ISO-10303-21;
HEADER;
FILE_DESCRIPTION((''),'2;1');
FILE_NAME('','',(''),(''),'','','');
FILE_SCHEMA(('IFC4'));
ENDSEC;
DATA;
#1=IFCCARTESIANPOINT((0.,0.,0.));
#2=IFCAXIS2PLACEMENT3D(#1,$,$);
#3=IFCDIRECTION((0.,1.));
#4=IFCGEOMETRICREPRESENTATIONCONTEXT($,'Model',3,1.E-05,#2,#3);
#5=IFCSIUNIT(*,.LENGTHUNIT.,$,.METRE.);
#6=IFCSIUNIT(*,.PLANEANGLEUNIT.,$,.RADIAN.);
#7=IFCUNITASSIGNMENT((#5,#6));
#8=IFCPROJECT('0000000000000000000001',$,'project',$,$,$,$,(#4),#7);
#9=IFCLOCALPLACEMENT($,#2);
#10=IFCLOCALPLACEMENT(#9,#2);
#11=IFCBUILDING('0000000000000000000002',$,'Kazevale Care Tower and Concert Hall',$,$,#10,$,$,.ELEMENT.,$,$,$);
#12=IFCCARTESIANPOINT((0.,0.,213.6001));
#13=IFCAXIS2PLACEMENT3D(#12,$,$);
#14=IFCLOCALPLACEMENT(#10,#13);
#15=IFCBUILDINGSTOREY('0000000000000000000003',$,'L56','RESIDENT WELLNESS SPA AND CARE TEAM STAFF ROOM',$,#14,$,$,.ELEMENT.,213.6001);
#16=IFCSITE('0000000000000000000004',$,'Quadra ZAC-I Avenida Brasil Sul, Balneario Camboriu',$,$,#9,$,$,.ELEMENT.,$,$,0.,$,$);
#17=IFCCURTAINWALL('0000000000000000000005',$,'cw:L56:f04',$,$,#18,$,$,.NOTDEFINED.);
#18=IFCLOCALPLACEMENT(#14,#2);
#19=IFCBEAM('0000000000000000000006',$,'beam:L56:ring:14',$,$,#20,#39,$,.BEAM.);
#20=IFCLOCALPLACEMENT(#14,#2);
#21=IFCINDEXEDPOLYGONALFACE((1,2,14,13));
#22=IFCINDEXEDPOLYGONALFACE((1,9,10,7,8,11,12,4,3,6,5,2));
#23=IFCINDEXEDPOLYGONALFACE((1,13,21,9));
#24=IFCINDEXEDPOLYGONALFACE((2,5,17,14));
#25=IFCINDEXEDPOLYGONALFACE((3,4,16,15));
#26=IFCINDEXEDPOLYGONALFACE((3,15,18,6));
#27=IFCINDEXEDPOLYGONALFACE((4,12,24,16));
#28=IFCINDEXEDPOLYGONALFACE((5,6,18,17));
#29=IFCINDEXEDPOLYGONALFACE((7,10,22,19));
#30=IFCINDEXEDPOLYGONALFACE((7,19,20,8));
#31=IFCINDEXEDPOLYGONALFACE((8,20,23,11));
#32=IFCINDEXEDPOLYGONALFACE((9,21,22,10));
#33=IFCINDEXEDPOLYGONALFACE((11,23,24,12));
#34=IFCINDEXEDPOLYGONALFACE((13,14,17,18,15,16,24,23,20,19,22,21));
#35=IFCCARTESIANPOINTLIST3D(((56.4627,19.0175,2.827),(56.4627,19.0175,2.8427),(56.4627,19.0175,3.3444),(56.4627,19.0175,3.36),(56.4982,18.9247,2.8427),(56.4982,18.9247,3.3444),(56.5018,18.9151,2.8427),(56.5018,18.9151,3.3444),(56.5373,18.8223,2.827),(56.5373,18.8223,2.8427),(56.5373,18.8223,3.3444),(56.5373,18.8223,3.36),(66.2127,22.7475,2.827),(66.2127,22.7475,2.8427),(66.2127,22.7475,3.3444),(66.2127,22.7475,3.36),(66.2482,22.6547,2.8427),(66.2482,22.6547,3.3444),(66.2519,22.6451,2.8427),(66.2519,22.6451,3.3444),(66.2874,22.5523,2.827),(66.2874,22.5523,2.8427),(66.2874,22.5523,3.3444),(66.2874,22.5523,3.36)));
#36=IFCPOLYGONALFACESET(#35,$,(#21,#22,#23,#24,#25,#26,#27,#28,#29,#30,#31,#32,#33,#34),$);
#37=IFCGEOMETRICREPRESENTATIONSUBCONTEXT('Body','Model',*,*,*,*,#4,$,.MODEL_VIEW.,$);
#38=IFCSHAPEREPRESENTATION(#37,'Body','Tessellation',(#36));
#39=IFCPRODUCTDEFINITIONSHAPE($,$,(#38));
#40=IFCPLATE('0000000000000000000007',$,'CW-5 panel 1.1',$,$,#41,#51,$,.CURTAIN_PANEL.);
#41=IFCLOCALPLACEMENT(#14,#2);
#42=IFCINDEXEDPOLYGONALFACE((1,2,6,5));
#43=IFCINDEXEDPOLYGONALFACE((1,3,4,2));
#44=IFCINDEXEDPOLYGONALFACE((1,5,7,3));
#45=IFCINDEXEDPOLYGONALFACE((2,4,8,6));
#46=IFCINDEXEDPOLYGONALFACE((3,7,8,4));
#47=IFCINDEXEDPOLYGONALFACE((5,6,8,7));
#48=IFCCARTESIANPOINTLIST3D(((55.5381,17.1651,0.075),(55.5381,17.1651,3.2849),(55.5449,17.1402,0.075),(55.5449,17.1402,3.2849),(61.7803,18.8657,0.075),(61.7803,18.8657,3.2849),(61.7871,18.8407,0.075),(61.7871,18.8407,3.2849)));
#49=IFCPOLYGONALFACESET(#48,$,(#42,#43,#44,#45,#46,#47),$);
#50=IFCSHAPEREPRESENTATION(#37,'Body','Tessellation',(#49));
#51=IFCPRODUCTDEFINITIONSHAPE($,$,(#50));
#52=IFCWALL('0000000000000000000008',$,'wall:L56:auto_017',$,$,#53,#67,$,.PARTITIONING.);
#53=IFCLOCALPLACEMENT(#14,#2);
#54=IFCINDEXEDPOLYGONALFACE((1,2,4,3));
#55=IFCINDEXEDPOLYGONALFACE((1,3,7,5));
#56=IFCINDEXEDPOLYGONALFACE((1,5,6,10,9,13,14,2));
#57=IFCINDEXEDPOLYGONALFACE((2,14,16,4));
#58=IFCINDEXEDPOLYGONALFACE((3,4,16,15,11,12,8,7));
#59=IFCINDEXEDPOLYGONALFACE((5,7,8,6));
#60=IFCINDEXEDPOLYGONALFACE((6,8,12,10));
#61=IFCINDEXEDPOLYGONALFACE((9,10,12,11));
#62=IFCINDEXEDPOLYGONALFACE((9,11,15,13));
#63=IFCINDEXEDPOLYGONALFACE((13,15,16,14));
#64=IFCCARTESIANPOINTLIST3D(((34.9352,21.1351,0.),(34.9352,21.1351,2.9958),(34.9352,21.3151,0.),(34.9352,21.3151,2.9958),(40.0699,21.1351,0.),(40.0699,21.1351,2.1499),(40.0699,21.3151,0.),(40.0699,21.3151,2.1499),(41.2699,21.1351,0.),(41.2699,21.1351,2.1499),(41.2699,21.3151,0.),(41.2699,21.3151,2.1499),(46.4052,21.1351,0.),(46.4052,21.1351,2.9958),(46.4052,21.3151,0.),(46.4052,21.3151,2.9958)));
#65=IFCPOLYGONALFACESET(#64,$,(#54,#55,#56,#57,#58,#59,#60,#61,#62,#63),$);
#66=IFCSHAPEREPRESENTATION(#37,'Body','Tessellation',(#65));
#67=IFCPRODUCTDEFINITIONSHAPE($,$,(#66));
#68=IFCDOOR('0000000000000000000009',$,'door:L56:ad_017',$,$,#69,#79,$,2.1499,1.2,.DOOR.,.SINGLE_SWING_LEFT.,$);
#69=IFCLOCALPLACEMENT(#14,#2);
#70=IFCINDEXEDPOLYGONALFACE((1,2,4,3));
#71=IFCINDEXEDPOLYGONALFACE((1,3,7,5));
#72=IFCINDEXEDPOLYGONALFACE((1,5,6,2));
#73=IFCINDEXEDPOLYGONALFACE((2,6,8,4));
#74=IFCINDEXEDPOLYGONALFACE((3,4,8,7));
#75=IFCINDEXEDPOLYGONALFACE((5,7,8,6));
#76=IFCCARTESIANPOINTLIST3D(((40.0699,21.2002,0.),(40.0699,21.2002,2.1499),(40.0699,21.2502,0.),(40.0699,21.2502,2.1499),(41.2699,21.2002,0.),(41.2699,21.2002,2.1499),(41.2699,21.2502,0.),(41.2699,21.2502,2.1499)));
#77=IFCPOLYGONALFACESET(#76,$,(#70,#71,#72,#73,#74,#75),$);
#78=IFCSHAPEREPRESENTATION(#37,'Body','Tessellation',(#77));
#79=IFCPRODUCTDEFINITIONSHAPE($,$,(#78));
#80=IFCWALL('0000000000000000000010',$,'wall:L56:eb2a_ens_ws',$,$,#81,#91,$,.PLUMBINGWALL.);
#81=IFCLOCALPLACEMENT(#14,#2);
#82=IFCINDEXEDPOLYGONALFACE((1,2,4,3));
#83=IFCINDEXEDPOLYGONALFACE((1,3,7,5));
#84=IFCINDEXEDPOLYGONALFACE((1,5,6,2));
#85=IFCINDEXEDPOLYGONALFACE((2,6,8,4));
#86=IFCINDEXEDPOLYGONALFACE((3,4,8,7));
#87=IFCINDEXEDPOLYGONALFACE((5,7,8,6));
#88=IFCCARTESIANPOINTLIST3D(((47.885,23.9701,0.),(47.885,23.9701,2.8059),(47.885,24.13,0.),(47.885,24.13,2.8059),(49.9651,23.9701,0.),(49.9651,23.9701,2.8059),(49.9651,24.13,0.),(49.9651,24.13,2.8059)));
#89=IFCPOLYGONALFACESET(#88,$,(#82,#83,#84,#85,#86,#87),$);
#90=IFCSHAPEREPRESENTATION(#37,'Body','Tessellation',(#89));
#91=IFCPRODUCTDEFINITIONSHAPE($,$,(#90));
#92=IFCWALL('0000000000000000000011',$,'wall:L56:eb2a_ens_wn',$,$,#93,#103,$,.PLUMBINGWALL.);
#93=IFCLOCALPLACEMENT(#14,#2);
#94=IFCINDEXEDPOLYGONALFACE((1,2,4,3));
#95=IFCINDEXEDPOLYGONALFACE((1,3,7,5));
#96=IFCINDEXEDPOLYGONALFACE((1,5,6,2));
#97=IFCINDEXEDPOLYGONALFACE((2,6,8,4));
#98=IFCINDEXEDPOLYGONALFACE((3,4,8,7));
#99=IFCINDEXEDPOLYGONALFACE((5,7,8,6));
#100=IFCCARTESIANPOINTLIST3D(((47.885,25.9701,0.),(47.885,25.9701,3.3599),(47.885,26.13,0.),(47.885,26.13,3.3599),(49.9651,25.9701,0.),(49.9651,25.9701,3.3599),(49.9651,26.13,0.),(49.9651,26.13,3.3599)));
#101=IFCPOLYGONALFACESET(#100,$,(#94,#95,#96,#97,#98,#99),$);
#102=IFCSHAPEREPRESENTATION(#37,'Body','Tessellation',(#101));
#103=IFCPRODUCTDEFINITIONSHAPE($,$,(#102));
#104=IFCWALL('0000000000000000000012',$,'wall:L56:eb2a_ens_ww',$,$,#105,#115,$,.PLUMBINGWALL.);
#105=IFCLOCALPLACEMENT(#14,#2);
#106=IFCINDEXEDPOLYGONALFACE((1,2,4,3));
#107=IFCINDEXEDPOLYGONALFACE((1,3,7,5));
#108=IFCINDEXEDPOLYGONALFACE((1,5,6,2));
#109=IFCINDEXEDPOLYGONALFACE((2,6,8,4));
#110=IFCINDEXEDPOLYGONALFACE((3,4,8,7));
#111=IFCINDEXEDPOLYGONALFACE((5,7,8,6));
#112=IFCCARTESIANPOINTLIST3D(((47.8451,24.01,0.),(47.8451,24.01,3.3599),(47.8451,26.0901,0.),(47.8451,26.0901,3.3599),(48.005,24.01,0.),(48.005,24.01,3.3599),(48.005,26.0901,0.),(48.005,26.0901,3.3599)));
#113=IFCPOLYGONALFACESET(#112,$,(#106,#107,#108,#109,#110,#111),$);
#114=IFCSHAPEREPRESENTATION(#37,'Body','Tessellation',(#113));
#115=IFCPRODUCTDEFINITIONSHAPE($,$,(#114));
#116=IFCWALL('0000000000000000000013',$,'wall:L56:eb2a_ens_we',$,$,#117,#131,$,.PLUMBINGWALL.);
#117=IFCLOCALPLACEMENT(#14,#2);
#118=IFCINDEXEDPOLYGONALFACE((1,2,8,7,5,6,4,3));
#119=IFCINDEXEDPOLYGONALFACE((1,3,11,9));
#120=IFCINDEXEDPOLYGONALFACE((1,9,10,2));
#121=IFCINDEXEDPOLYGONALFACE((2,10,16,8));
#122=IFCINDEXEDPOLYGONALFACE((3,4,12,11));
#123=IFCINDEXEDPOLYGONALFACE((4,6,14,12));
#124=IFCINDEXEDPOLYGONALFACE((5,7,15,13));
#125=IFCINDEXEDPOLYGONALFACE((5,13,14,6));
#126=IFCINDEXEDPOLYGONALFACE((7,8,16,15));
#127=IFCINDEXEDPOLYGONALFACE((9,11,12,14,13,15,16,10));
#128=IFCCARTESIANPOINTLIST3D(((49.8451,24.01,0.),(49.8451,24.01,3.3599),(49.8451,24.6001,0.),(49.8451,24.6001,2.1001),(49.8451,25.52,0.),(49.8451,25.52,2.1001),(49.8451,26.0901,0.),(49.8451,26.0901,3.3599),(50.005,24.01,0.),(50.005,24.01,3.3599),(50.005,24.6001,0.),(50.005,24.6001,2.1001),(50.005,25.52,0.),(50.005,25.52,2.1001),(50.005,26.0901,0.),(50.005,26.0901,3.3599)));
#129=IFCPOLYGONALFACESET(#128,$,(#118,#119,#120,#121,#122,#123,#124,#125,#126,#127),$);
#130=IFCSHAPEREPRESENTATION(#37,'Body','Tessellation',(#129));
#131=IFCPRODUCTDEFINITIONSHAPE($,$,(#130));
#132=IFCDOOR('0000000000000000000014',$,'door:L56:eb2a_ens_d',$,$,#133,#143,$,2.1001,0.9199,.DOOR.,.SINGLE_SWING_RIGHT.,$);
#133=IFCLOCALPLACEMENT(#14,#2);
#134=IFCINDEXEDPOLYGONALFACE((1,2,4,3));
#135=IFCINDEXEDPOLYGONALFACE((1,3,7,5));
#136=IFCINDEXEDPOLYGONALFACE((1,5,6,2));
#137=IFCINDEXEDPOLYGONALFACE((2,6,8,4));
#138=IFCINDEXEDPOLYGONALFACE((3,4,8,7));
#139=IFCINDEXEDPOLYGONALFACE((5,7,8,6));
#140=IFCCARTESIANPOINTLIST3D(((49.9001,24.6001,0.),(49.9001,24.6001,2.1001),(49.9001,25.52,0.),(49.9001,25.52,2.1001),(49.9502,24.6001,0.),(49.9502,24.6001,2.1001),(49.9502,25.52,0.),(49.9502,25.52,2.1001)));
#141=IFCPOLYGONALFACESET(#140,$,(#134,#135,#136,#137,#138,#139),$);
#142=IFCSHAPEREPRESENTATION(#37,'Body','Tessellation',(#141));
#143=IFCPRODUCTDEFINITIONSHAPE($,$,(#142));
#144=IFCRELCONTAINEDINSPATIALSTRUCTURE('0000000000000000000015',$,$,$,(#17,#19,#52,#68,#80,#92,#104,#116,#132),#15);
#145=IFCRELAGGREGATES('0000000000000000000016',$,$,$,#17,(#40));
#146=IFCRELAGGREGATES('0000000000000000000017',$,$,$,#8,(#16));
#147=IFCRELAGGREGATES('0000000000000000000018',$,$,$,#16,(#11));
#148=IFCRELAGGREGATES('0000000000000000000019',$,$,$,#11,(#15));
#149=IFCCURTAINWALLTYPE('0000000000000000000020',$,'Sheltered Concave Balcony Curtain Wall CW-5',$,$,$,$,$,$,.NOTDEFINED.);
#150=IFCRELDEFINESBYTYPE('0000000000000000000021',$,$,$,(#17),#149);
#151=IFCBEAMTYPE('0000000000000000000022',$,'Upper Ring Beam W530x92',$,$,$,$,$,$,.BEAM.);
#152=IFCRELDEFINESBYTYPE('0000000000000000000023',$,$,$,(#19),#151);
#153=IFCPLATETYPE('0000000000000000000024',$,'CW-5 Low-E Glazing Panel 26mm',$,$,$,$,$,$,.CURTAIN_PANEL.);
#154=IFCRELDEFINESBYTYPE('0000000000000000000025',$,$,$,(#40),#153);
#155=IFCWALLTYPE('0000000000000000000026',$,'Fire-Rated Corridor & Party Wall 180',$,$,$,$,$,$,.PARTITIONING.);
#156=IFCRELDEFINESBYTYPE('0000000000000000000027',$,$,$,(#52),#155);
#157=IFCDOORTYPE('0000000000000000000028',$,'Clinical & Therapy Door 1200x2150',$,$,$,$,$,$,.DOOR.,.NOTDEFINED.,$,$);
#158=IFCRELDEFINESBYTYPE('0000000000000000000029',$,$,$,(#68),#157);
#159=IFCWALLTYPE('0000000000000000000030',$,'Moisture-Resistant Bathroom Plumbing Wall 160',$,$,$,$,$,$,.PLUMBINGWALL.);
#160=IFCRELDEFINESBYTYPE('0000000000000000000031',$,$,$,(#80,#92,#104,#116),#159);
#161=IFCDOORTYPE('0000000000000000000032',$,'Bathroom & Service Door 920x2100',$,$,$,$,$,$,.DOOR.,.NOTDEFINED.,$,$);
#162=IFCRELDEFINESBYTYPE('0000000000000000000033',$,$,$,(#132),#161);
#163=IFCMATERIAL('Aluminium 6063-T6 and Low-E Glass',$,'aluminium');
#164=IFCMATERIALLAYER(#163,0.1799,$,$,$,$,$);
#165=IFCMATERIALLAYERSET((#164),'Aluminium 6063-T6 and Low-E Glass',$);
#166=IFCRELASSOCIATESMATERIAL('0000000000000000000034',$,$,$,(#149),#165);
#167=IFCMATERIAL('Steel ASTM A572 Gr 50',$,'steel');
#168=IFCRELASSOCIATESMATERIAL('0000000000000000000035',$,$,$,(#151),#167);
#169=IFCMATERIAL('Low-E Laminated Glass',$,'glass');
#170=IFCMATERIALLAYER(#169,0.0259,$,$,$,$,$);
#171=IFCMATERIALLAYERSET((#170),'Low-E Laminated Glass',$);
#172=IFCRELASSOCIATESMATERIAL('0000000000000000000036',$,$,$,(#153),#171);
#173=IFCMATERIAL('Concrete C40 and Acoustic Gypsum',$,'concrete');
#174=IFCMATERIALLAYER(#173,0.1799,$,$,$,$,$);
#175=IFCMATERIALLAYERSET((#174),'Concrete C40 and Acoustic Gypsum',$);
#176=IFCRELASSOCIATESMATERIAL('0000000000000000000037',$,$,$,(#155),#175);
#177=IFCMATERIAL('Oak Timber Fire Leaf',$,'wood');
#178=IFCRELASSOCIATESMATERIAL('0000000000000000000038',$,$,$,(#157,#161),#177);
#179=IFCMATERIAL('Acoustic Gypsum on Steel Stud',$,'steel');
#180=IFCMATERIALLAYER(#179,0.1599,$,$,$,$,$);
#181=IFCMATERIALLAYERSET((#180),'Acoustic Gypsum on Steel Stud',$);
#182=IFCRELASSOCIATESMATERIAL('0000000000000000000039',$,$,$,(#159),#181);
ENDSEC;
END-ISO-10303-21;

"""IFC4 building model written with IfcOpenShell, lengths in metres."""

from ifc_helpers import new_model, si_unit, direction, frame, frame_2d, origin, origin_2d, place, context, subcontext, project, spatial, rectangle, i_section, extrude, material, layer, layer_set, material_profile, profile_set, type_object, element, fill, aggregate, save


model = new_model("IFC4")

# Units and contexts
model_context = context("Model", 3, precision=1e-05, world=origin(), true_north=direction((0.0, 1.0)))
body_context = subcontext(model_context, "Body", "Model", "MODEL_VIEW")
ifc_project = project(units=[si_unit("LENGTHUNIT", "METRE"), si_unit("PLANEANGLEUNIT", "RADIAN")], contexts=[model_context])

# Site, building, storey
site_placement = place(None, origin())
site = spatial("IfcSite", under=ifc_project, at=site_placement, Name="Quadra ZAC-I Avenida Brasil Sul, Balneario Camboriu", CompositionType="ELEMENT", RefElevation=0.0)
building_placement = place(site_placement, origin())
building = spatial("IfcBuilding", under=site, at=building_placement, Name="Kazevale Care Tower and Concert Hall", CompositionType="ELEMENT")
storey_placement = place(building_placement, frame((0.0, 0.0, 213.6001)))
storey = spatial("IfcBuildingStorey", under=building, at=storey_placement, Name="L56", Description="RESIDENT WELLNESS SPA AND CARE TEAM STAFF ROOM", CompositionType="ELEMENT", Elevation=213.6001)

# Curtain wall
ifc_material_1 = material(Name="Aluminium 6063-T6 and Low-E Glass", Category="aluminium")
ifc_layer_1 = layer(ifc_material_1, 0.1799)
ifc_layer_set_1 = layer_set([ifc_layer_1], Name="Aluminium 6063-T6 and Low-E Glass")
curtain_wall_type = type_object("IfcCurtainWallType", Name="Sheltered Concave Balcony Curtain Wall CW-5", PredefinedType="NOTDEFINED", material=ifc_layer_set_1)
curtain_wall_1_placement = place(storey_placement, origin())
curtain_wall_1 = element("IfcCurtainWall", 1, at=curtain_wall_1_placement, inside=storey, type_object=curtain_wall_type, Name="cw:L56:f04", PredefinedType="NOTDEFINED")

# Beam
ifc_material_2 = material(Name="Steel ASTM A572 Gr 50", Category="steel")
ifc_material_profile_1 = material_profile(ifc_material_2, i_section(OverallWidth=0.209, OverallDepth=0.533, WebThickness=0.0103, FlangeThickness=0.0156, at=origin_2d()), Name="W530x92")
ifc_profile_set_1 = profile_set([ifc_material_profile_1], Name="Steel ASTM A572 Gr 50")
beam_type_1 = type_object("IfcBeamType", Name="Upper Ring Beam W530x92", PredefinedType="BEAM", material=ifc_profile_set_1)
beam_1_placement = place(storey_placement, frame((56.5, 18.9199, 3.0935), z_axis=(0.933987, 0.357308, 0.0), x_axis=(-0.357308, 0.933987, 0.0)))
element("IfcBeam", 2, at=beam_1_placement, inside=storey, type_object=beam_type_1, Name="beam:L56:ring:14", PredefinedType="BEAM", context=body_context, shape_type="SweptSolid", body=[
    extrude(i_section(OverallWidth=0.209, OverallDepth=0.533, WebThickness=0.0103, FlangeThickness=0.0156, at=origin_2d()), origin(), (0.0, 0.0, 1.0), 10.4392),
])

# Plate
ifc_material_3 = material(Name="Low-E Laminated Glass", Category="glass")
ifc_layer_2 = layer(ifc_material_3, 0.0259)
ifc_layer_set_2 = layer_set([ifc_layer_2], Name="Low-E Laminated Glass")
plate_type = type_object("IfcPlateType", Name="CW-5 Low-E Glazing Panel 26mm", PredefinedType="CURTAIN_PANEL", material=ifc_layer_set_2)
plate_placement = place(storey_placement, frame((58.6626, 18.0029, 0.075), z_axis=(0.0, 0.0, 1.0), x_axis=(-0.964837, -0.262849, 0.0)))
plate = element("IfcPlate", 3, at=plate_placement, type_object=plate_type, Name="CW-5 panel 1.1", PredefinedType="CURTAIN_PANEL", context=body_context, shape_type="SweptSolid", body=[
    extrude(rectangle(XDim=6.4697, YDim=0.0259, at=origin_2d()), origin(), (0.0, 0.0, 1.0), 3.21),
])
aggregate(curtain_wall_1, [plate])

# Wall, opening, door
ifc_material_4 = material(Name="Concrete C40 and Acoustic Gypsum", Category="concrete")
ifc_layer_3 = layer(ifc_material_4, 0.1799)
ifc_layer_set_3 = layer_set([ifc_layer_3], Name="Concrete C40 and Acoustic Gypsum")
wall_type_1 = type_object("IfcWallType", Name="Fire-Rated Corridor & Party Wall 180", PredefinedType="PARTITIONING", material=ifc_layer_set_3)
ifc_material_5 = material(Name="Oak Timber Fire Leaf", Category="wood")
door_type_1 = type_object("IfcDoorType", Name="Clinical & Therapy Door 1200x2150", OperationType="NOTDEFINED", PredefinedType="DOOR", material=ifc_material_5)
wall_1_placement = place(storey_placement, frame((46.405, 21.2251, 0.0), z_axis=(0.0, 0.0, 1.0), x_axis=(-1.0, 0.0, 0.0)))
wall_1 = element("IfcWall", 4, at=wall_1_placement, inside=storey, type_object=wall_type_1, Name="wall:L56:auto_017", PredefinedType="PARTITIONING", context=body_context, shape_type="SweptSolid", body=[
    extrude(rectangle(XDim=11.47, YDim=0.1799, at=frame_2d((5.7349, 0.0))), origin(), (0.0, 0.0, 1.0), 2.9958),
])
opening_1_placement = place(wall_1_placement, frame((5.135, 0.0, 0.0)))
opening_1 = element("IfcOpeningElement", 5, at=opening_1_placement, cuts=wall_1, PredefinedType="OPENING", context=body_context, shape_type="SweptSolid", body=[
    extrude(rectangle(XDim=1.2, YDim=2.1499, at=frame_2d((0.6001, 1.075))), frame((0.0, 0.0999, 0.0), z_axis=(0.0, -1.0, 0.0), x_axis=(1.0, 0.0, 0.0)), (0.0, 0.0, 1.0), 0.2),
])
door_1_placement = place(opening_1_placement, origin())
door_1 = element("IfcDoor", 6, at=door_1_placement, inside=storey, type_object=door_type_1, Name="door:L56:ad_017", OperationType="SINGLE_SWING_LEFT", OverallHeight=2.1499, OverallWidth=1.2, PredefinedType="DOOR", context=body_context, shape_type="SweptSolid", body=[
    extrude(rectangle(XDim=1.2, YDim=2.1499, at=frame_2d((0.6001, 1.075))), frame((0.0, 0.0249, 0.0), z_axis=(0.0, -1.0, 0.0), x_axis=(1.0, 0.0, 0.0)), (0.0, 0.0, 1.0), 0.05),
])
fill(opening_1, door_1)

# Walls
ifc_material_6 = material(Name="Acoustic Gypsum on Steel Stud", Category="steel")
ifc_layer_4 = layer(ifc_material_6, 0.1599)
ifc_layer_set_4 = layer_set([ifc_layer_4], Name="Acoustic Gypsum on Steel Stud")
wall_type_2 = type_object("IfcWallType", Name="Moisture-Resistant Bathroom Plumbing Wall 160", PredefinedType="PLUMBINGWALL", material=ifc_layer_set_4)
wall_2_placement = place(storey_placement, frame((47.885, 24.05, 0.0), z_axis=(0.0, 0.0, 1.0), x_axis=(1.0, 0.0, 0.0)))
element("IfcWall", 7, at=wall_2_placement, inside=storey, type_object=wall_type_2, Name="wall:L56:eb2a_ens_ws", PredefinedType="PLUMBINGWALL", context=body_context, shape_type="SweptSolid", body=[
    extrude(rectangle(XDim=2.0801, YDim=0.1599, at=frame_2d((1.04, 0.0))), origin(), (0.0, 0.0, 1.0), 2.8059),
])
for number, where, z_axis, x_axis, name in (
    (8, (47.885, 26.05, 0.0), (0.0, 0.0, 1.0), (1.0, 0.0, 0.0), "wall:L56:eb2a_ens_wn"),
    (9, (47.925, 24.01, 0.0), (0.0, 0.0, 1.0), (0.0, 1.0, 0.0), "wall:L56:eb2a_ens_ww"),
):
    element("IfcWall", number, at=place(storey_placement, frame(where, z_axis=z_axis, x_axis=x_axis)), inside=storey, type_object=wall_type_2, Name=name, PredefinedType="PLUMBINGWALL", context=body_context, shape_type="SweptSolid", body=[
        extrude(rectangle(XDim=2.0801, YDim=0.1599, at=frame_2d((1.04, 0.0))), origin(), (0.0, 0.0, 1.0), 3.3599),
    ])

# Wall, opening, door
wall_3_placement = place(storey_placement, frame((49.925, 24.01, 0.0), z_axis=(0.0, 0.0, 1.0), x_axis=(0.0, 1.0, 0.0)))
wall_3 = element("IfcWall", 10, at=wall_3_placement, inside=storey, type_object=wall_type_2, Name="wall:L56:eb2a_ens_we", PredefinedType="PLUMBINGWALL", context=body_context, shape_type="SweptSolid", body=[
    extrude(rectangle(XDim=2.0801, YDim=0.1599, at=frame_2d((1.04, 0.0))), origin(), (0.0, 0.0, 1.0), 3.3599),
])
opening_2_placement = place(wall_3_placement, frame((0.5901, 0.0, 0.0)))
opening_2 = element("IfcOpeningElement", 11, at=opening_2_placement, cuts=wall_3, PredefinedType="OPENING", context=body_context, shape_type="SweptSolid", body=[
    extrude(rectangle(XDim=0.9199, YDim=2.1001, at=frame_2d((0.46, 1.05))), frame((0.0, 0.0898, 0.0), z_axis=(0.0, -1.0, 0.0), x_axis=(1.0, 0.0, 0.0)), (0.0, 0.0, 1.0), 0.1799),
])
door_type_2 = type_object("IfcDoorType", Name="Bathroom & Service Door 920x2100", OperationType="NOTDEFINED", PredefinedType="DOOR", material=ifc_material_5)
door_2_placement = place(opening_2_placement, origin())
door_2 = element("IfcDoor", 12, at=door_2_placement, inside=storey, type_object=door_type_2, Name="door:L56:eb2a_ens_d", OperationType="SINGLE_SWING_RIGHT", OverallHeight=2.1001, OverallWidth=0.9199, PredefinedType="DOOR", context=body_context, shape_type="SweptSolid", body=[
    extrude(rectangle(XDim=0.9199, YDim=2.1001, at=frame_2d((0.46, 1.05))), frame((0.0, 0.0249, 0.0), z_axis=(0.0, -1.0, 0.0), x_axis=(1.0, 0.0, 0.0)), (0.0, 0.0, 1.0), 0.05),
])
fill(opening_2, door_2)

save(model, "model.ifc")
